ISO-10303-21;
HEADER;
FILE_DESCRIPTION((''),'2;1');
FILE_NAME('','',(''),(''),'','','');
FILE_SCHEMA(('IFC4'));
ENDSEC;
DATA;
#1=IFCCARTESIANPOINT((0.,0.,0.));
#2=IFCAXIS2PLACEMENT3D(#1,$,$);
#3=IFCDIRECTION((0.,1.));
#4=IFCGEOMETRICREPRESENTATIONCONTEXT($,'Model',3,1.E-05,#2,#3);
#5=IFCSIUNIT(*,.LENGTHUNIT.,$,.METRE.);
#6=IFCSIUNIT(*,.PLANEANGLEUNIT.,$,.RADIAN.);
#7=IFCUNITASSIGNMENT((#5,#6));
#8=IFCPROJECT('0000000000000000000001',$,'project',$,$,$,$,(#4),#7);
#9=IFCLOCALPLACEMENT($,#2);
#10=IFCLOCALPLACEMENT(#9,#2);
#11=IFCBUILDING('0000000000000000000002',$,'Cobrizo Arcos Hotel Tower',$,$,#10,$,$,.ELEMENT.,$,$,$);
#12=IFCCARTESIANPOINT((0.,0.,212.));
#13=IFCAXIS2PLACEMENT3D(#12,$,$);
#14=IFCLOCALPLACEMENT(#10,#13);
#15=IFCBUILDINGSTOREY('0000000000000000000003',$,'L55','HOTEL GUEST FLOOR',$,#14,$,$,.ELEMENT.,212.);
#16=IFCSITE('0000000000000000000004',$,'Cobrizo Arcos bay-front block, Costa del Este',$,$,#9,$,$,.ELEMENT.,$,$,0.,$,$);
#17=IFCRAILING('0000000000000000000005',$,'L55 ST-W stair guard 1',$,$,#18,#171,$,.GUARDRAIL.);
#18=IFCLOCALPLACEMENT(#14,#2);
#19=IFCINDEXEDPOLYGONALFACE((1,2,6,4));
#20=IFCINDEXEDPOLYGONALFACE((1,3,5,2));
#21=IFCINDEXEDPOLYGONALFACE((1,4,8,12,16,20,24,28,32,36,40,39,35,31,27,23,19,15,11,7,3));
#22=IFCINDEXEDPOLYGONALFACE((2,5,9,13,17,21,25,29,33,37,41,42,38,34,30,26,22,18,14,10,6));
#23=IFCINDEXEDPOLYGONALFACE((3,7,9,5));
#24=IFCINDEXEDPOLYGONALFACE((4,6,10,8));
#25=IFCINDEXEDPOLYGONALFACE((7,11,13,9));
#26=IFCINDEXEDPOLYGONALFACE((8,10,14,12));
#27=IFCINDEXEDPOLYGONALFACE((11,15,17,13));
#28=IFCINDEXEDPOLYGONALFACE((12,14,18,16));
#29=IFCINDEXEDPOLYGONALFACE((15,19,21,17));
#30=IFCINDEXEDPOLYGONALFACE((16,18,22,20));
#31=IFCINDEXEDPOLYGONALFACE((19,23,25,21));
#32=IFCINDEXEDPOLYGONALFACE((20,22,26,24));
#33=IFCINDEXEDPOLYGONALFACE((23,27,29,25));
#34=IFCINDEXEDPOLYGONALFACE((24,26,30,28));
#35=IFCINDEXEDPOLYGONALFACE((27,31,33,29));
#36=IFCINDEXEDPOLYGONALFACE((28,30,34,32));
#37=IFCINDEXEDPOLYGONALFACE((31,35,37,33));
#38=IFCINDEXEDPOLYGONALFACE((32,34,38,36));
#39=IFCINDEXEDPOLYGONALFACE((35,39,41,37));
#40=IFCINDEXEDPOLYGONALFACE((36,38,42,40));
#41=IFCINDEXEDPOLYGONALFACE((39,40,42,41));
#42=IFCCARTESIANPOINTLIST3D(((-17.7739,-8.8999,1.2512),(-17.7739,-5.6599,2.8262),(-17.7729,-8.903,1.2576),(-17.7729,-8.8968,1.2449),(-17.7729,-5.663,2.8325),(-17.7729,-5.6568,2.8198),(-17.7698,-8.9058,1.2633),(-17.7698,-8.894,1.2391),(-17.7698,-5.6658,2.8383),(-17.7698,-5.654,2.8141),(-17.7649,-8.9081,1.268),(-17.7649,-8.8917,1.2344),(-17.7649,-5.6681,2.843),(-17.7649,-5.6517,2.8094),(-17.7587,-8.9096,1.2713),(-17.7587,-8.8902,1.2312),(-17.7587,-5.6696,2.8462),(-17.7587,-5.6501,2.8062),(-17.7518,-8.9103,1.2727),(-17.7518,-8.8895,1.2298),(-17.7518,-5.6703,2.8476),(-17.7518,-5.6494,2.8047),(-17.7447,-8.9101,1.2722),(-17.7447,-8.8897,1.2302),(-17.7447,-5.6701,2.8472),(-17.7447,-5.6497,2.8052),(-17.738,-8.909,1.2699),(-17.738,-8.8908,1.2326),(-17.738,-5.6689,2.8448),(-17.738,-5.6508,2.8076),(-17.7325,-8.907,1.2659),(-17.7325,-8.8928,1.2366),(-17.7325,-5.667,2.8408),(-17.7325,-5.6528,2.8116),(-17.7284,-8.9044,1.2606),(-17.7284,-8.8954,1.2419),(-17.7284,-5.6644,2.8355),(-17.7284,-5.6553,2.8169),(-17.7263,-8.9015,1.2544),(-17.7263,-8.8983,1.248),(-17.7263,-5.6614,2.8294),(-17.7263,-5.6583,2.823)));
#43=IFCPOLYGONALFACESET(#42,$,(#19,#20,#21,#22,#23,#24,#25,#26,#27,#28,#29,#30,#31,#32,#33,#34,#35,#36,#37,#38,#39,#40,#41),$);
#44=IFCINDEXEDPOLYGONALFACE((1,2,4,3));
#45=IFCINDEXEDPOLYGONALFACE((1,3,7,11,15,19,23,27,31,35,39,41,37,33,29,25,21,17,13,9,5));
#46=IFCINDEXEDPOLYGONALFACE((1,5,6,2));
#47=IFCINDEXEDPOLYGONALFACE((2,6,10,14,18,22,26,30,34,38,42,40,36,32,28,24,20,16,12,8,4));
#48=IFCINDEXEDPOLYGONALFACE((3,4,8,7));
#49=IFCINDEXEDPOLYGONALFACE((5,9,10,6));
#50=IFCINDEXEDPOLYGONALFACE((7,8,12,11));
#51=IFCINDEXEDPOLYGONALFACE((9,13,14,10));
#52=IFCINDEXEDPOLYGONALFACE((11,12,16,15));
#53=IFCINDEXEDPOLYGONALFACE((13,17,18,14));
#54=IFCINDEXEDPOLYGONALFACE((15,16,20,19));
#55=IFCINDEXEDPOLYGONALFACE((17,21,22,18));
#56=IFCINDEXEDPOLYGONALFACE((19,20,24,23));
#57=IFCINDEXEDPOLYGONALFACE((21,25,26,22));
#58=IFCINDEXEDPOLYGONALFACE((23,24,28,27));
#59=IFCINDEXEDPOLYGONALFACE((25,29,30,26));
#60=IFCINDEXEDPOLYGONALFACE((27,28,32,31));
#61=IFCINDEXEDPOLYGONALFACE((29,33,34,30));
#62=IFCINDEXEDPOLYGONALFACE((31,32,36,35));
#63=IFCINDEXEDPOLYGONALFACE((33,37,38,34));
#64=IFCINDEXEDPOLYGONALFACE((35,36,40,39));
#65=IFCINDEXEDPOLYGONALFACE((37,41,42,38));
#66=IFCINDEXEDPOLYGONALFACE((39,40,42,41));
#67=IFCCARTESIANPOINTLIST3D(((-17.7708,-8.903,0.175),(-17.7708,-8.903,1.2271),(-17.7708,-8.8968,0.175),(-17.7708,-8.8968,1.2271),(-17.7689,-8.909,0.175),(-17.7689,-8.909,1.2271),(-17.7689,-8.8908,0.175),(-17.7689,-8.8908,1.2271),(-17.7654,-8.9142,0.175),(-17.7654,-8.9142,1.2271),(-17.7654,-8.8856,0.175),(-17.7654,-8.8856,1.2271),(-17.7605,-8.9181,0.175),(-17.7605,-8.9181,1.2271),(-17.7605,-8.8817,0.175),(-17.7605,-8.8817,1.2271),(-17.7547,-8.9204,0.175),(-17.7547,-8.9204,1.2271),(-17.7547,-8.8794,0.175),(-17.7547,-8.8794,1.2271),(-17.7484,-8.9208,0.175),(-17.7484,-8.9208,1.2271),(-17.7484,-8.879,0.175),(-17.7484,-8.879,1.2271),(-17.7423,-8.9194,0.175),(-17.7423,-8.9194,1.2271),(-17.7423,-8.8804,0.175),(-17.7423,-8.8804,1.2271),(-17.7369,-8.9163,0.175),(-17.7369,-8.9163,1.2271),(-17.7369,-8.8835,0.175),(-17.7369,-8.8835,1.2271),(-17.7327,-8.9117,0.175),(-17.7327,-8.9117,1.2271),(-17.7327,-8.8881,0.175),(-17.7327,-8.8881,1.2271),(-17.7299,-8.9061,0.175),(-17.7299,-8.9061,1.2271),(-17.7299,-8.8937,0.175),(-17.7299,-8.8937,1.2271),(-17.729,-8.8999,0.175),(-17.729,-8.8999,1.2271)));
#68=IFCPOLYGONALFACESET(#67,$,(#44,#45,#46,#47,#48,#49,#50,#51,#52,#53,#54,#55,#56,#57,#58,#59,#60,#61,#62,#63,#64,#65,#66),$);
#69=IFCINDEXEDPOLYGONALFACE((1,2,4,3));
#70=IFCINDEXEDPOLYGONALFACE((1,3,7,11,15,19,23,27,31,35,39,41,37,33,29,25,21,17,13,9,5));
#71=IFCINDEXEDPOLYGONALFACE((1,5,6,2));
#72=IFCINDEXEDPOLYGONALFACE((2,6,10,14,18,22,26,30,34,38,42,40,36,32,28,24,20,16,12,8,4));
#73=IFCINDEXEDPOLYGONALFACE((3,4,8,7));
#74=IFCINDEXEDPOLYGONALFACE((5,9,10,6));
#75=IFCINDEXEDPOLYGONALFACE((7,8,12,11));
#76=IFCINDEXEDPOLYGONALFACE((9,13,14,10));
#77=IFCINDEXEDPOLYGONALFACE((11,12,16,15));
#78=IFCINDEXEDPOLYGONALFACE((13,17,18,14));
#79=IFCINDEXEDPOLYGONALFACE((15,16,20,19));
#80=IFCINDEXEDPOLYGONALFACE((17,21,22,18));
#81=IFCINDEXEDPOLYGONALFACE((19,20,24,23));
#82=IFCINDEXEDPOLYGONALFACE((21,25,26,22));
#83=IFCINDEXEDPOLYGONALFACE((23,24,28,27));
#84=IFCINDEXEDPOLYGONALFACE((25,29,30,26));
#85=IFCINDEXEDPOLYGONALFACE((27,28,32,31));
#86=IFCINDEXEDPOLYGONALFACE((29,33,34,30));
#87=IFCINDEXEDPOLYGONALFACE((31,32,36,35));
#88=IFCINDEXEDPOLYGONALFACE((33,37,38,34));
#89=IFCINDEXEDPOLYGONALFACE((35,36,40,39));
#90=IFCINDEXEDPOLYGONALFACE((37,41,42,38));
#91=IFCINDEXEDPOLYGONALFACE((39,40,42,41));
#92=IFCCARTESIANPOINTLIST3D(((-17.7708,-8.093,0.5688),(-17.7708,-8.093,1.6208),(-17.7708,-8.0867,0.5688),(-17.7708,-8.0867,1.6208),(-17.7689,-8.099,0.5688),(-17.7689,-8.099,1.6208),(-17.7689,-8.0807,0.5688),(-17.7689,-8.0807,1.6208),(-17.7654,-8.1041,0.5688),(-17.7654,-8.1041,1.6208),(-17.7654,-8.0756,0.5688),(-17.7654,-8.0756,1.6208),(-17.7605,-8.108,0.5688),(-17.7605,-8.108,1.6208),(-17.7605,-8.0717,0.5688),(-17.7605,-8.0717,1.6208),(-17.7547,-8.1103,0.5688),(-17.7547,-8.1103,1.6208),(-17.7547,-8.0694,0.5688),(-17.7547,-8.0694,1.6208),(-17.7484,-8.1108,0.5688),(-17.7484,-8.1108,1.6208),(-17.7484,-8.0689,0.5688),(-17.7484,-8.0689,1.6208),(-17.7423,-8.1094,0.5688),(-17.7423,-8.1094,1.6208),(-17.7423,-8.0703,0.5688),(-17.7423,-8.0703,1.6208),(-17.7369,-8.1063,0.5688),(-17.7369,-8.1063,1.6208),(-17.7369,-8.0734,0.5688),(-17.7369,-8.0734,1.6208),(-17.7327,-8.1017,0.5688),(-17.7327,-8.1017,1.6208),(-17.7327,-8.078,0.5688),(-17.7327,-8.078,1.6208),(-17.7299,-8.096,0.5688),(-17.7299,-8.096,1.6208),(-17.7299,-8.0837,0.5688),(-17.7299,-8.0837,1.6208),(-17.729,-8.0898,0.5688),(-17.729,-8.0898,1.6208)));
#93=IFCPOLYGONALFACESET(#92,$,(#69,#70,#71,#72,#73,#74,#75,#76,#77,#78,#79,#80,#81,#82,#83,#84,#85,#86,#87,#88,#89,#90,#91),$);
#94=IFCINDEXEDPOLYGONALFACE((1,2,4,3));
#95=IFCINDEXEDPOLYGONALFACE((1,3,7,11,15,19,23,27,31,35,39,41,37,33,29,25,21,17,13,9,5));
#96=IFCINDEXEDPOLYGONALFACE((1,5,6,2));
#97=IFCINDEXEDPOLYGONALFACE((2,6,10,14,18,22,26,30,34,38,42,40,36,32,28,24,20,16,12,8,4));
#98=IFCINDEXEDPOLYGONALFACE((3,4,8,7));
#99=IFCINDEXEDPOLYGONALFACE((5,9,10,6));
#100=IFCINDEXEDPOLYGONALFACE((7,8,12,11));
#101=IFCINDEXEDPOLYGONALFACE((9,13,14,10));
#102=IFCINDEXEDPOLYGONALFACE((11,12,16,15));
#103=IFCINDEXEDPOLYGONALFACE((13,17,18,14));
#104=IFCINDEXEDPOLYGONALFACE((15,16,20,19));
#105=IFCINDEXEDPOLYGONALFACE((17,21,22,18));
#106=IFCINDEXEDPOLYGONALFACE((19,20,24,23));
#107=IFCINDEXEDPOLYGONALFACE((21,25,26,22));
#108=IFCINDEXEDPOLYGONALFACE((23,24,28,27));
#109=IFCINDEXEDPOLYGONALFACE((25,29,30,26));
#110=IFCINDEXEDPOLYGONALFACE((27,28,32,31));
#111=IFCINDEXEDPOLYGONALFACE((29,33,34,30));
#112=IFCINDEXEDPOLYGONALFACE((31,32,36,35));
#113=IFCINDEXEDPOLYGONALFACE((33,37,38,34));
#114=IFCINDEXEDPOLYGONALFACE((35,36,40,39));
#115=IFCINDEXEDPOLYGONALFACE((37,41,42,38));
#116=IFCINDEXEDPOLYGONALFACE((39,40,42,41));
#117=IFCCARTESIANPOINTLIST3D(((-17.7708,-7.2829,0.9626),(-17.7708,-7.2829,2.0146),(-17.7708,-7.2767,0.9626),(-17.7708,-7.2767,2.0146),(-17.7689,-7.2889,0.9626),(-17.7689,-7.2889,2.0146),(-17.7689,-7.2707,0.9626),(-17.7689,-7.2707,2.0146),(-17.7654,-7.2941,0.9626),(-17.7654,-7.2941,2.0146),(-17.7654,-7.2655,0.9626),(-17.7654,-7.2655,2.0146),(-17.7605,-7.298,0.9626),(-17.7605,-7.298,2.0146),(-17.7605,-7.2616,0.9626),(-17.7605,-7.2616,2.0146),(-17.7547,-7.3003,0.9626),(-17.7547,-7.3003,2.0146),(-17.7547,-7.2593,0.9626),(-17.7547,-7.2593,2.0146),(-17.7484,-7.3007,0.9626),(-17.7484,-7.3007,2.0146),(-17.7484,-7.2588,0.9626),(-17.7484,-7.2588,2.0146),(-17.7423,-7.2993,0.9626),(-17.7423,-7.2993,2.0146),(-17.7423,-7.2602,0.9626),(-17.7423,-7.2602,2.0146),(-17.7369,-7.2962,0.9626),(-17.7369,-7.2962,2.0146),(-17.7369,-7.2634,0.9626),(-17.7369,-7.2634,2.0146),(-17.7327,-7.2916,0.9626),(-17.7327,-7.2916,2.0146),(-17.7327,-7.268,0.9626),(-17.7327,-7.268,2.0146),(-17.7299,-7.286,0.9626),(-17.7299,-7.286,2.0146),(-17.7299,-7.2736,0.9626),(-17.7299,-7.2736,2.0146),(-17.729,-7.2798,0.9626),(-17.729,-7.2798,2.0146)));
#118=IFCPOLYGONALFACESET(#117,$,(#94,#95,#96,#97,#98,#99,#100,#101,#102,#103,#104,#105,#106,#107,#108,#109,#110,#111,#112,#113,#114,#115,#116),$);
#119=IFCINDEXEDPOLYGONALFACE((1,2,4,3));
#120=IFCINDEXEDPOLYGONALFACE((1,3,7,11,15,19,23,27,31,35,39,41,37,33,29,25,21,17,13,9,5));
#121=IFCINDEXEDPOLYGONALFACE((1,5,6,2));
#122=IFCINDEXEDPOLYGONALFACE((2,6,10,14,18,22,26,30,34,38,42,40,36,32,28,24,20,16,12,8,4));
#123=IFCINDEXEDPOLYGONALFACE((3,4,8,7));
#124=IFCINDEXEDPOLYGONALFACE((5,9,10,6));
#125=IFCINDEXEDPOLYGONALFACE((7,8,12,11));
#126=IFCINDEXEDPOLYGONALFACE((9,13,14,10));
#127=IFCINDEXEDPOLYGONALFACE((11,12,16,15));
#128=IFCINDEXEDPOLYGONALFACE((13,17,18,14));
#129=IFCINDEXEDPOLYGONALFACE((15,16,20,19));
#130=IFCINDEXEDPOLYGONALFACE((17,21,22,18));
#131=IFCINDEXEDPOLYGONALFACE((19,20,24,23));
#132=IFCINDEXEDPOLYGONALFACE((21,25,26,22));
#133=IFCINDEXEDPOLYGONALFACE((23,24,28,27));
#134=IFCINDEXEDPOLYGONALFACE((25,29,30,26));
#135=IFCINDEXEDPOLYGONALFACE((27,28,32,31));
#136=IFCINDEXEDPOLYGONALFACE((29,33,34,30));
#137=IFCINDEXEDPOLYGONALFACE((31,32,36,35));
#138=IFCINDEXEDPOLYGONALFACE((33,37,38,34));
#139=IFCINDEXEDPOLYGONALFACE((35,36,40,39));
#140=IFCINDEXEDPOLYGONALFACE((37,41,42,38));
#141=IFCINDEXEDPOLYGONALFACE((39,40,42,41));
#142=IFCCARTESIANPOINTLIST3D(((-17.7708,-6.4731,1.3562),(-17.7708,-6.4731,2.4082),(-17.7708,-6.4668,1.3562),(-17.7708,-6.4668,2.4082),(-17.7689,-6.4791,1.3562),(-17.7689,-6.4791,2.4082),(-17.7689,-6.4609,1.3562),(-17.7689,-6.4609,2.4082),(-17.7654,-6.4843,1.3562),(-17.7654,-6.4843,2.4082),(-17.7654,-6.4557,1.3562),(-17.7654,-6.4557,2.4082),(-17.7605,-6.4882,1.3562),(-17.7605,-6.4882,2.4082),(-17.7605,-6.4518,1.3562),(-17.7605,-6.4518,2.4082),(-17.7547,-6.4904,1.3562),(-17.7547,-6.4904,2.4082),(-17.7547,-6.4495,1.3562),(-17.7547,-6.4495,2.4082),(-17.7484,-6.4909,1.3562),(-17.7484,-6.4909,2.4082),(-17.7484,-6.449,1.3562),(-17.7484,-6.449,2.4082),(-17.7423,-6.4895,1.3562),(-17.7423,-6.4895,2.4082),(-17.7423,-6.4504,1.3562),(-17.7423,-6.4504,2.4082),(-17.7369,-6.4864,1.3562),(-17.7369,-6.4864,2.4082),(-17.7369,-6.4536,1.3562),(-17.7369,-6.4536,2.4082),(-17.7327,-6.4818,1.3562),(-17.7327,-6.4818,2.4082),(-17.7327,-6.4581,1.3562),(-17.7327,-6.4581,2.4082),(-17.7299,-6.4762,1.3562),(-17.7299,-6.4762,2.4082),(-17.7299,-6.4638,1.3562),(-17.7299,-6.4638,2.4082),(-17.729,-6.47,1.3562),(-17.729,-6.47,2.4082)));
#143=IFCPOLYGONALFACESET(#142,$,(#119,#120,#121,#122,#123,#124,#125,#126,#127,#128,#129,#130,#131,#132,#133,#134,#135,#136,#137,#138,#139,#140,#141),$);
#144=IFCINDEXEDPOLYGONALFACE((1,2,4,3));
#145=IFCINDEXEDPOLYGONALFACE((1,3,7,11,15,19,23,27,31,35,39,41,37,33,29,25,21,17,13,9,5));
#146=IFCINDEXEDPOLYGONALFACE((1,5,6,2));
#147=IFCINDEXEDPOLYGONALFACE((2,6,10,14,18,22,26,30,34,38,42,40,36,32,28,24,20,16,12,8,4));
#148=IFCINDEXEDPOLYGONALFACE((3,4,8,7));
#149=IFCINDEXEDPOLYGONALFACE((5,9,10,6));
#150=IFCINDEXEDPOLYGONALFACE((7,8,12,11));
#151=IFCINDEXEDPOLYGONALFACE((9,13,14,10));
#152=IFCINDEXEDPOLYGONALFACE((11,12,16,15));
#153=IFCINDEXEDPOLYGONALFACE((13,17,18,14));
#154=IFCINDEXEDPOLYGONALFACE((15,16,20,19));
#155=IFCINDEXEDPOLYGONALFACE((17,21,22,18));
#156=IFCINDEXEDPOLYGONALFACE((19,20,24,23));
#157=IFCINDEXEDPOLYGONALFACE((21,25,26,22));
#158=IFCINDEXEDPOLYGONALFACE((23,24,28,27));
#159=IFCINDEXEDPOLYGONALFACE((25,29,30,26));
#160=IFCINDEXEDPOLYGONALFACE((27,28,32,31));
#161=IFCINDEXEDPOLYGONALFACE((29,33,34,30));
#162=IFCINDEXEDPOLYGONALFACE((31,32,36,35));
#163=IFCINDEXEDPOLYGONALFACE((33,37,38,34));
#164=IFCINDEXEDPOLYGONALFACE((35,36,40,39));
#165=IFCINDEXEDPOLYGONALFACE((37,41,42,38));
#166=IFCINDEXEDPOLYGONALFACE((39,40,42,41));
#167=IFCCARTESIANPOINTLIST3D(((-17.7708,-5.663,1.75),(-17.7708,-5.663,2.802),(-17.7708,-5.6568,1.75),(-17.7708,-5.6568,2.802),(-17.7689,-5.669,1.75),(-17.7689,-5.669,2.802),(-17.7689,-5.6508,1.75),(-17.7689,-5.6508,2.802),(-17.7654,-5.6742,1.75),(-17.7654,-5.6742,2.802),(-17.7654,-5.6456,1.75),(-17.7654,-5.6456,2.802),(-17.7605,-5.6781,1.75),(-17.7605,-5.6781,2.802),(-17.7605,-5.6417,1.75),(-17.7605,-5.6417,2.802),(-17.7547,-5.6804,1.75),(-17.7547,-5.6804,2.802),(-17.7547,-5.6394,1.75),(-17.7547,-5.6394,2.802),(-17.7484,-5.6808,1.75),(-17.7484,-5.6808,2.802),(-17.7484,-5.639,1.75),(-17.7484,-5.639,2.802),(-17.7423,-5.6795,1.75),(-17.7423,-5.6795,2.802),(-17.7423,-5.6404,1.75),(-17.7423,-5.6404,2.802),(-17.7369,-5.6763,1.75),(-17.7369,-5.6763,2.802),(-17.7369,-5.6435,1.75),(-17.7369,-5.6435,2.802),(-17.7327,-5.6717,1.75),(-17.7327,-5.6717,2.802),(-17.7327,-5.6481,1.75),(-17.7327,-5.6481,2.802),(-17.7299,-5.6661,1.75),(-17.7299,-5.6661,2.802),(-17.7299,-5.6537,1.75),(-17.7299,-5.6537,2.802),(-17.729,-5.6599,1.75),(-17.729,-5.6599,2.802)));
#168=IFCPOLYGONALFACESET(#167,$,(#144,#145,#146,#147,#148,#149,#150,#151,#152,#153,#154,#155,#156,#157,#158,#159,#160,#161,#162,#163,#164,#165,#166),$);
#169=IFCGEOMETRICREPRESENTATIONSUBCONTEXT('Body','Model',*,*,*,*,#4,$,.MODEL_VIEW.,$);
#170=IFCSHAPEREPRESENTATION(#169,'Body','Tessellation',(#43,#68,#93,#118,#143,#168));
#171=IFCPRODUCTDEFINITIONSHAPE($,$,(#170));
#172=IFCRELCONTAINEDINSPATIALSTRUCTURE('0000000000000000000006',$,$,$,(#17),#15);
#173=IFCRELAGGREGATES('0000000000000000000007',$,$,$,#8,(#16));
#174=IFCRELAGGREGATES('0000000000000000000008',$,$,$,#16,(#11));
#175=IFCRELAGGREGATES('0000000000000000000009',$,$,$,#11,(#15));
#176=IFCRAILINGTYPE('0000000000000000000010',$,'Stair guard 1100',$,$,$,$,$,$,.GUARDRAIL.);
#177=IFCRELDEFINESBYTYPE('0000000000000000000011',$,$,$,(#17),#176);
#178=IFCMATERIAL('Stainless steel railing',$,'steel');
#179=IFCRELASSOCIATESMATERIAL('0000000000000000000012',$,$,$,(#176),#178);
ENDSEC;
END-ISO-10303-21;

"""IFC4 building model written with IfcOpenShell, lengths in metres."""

from ifc_helpers import new_model, si_unit, direction, frame, origin, origin_2d, place, context, subcontext, project, spatial, circle, extrude, material, type_object, element, save


model = new_model("IFC4")

# Units and contexts
model_context = context("Model", 3, precision=1e-05, world=origin(), true_north=direction((0.0, 1.0)))
body_context = subcontext(model_context, "Body", "Model", "MODEL_VIEW")
ifc_project = project(units=[si_unit("LENGTHUNIT", "METRE"), si_unit("PLANEANGLEUNIT", "RADIAN")], contexts=[model_context])

# Site, building, storey
site_placement = place(None, origin())
site = spatial("IfcSite", under=ifc_project, at=site_placement, Name="Cobrizo Arcos bay-front block, Costa del Este", CompositionType="ELEMENT", RefElevation=0.0)
building_placement = place(site_placement, origin())
building = spatial("IfcBuilding", under=site, at=building_placement, Name="Cobrizo Arcos Hotel Tower", CompositionType="ELEMENT")
storey_placement = place(building_placement, frame((0.0, 0.0, 212.0)))
storey = spatial("IfcBuildingStorey", under=building, at=storey_placement, Name="L55", Description="HOTEL GUEST FLOOR", CompositionType="ELEMENT", Elevation=212.0)

# Railing
ifc_material_1 = material(Name="Stainless steel railing", Category="steel")
railing_type_1 = type_object("IfcRailingType", Name="Stair guard 1100", PredefinedType="GUARDRAIL", material=ifc_material_1)
railing_1_placement = place(storey_placement, frame((-17.75, -8.8999, 0.175)))
element("IfcRailing", 1, at=railing_1_placement, inside=storey, type_object=railing_type_1, Name="L55 ST-W stair guard 1", PredefinedType="GUARDRAIL", context=body_context, shape_type="SweptSolid", body=[
    extrude(circle(Radius=0.0239, at=origin_2d()), frame((0.0, 0.0, 1.0762), z_axis=(0.0, 0.899373, 0.437183), x_axis=(-1.0, 0.0, 0.0)), (0.0, 0.0, 1.0), 3.6025),
    extrude(circle(Radius=0.021, at=origin_2d()), origin(), (0.0, 0.0, 1.0), 1.052),
    extrude(circle(Radius=0.021, at=origin_2d()), frame((0.0, 0.8101, 0.3938)), (0.0, 0.0, 1.0), 1.052),
    extrude(circle(Radius=0.021, at=origin_2d()), frame((0.0, 1.6201, 0.7876)), (0.0, 0.0, 1.0), 1.052),
    extrude(circle(Radius=0.021, at=origin_2d()), frame((0.0, 2.4299, 1.1812)), (0.0, 0.0, 1.0), 1.052),
    extrude(circle(Radius=0.021, at=origin_2d()), frame((0.0, 3.24, 1.575)), (0.0, 0.0, 1.0), 1.052),
])

save(model, "model.ifc")
